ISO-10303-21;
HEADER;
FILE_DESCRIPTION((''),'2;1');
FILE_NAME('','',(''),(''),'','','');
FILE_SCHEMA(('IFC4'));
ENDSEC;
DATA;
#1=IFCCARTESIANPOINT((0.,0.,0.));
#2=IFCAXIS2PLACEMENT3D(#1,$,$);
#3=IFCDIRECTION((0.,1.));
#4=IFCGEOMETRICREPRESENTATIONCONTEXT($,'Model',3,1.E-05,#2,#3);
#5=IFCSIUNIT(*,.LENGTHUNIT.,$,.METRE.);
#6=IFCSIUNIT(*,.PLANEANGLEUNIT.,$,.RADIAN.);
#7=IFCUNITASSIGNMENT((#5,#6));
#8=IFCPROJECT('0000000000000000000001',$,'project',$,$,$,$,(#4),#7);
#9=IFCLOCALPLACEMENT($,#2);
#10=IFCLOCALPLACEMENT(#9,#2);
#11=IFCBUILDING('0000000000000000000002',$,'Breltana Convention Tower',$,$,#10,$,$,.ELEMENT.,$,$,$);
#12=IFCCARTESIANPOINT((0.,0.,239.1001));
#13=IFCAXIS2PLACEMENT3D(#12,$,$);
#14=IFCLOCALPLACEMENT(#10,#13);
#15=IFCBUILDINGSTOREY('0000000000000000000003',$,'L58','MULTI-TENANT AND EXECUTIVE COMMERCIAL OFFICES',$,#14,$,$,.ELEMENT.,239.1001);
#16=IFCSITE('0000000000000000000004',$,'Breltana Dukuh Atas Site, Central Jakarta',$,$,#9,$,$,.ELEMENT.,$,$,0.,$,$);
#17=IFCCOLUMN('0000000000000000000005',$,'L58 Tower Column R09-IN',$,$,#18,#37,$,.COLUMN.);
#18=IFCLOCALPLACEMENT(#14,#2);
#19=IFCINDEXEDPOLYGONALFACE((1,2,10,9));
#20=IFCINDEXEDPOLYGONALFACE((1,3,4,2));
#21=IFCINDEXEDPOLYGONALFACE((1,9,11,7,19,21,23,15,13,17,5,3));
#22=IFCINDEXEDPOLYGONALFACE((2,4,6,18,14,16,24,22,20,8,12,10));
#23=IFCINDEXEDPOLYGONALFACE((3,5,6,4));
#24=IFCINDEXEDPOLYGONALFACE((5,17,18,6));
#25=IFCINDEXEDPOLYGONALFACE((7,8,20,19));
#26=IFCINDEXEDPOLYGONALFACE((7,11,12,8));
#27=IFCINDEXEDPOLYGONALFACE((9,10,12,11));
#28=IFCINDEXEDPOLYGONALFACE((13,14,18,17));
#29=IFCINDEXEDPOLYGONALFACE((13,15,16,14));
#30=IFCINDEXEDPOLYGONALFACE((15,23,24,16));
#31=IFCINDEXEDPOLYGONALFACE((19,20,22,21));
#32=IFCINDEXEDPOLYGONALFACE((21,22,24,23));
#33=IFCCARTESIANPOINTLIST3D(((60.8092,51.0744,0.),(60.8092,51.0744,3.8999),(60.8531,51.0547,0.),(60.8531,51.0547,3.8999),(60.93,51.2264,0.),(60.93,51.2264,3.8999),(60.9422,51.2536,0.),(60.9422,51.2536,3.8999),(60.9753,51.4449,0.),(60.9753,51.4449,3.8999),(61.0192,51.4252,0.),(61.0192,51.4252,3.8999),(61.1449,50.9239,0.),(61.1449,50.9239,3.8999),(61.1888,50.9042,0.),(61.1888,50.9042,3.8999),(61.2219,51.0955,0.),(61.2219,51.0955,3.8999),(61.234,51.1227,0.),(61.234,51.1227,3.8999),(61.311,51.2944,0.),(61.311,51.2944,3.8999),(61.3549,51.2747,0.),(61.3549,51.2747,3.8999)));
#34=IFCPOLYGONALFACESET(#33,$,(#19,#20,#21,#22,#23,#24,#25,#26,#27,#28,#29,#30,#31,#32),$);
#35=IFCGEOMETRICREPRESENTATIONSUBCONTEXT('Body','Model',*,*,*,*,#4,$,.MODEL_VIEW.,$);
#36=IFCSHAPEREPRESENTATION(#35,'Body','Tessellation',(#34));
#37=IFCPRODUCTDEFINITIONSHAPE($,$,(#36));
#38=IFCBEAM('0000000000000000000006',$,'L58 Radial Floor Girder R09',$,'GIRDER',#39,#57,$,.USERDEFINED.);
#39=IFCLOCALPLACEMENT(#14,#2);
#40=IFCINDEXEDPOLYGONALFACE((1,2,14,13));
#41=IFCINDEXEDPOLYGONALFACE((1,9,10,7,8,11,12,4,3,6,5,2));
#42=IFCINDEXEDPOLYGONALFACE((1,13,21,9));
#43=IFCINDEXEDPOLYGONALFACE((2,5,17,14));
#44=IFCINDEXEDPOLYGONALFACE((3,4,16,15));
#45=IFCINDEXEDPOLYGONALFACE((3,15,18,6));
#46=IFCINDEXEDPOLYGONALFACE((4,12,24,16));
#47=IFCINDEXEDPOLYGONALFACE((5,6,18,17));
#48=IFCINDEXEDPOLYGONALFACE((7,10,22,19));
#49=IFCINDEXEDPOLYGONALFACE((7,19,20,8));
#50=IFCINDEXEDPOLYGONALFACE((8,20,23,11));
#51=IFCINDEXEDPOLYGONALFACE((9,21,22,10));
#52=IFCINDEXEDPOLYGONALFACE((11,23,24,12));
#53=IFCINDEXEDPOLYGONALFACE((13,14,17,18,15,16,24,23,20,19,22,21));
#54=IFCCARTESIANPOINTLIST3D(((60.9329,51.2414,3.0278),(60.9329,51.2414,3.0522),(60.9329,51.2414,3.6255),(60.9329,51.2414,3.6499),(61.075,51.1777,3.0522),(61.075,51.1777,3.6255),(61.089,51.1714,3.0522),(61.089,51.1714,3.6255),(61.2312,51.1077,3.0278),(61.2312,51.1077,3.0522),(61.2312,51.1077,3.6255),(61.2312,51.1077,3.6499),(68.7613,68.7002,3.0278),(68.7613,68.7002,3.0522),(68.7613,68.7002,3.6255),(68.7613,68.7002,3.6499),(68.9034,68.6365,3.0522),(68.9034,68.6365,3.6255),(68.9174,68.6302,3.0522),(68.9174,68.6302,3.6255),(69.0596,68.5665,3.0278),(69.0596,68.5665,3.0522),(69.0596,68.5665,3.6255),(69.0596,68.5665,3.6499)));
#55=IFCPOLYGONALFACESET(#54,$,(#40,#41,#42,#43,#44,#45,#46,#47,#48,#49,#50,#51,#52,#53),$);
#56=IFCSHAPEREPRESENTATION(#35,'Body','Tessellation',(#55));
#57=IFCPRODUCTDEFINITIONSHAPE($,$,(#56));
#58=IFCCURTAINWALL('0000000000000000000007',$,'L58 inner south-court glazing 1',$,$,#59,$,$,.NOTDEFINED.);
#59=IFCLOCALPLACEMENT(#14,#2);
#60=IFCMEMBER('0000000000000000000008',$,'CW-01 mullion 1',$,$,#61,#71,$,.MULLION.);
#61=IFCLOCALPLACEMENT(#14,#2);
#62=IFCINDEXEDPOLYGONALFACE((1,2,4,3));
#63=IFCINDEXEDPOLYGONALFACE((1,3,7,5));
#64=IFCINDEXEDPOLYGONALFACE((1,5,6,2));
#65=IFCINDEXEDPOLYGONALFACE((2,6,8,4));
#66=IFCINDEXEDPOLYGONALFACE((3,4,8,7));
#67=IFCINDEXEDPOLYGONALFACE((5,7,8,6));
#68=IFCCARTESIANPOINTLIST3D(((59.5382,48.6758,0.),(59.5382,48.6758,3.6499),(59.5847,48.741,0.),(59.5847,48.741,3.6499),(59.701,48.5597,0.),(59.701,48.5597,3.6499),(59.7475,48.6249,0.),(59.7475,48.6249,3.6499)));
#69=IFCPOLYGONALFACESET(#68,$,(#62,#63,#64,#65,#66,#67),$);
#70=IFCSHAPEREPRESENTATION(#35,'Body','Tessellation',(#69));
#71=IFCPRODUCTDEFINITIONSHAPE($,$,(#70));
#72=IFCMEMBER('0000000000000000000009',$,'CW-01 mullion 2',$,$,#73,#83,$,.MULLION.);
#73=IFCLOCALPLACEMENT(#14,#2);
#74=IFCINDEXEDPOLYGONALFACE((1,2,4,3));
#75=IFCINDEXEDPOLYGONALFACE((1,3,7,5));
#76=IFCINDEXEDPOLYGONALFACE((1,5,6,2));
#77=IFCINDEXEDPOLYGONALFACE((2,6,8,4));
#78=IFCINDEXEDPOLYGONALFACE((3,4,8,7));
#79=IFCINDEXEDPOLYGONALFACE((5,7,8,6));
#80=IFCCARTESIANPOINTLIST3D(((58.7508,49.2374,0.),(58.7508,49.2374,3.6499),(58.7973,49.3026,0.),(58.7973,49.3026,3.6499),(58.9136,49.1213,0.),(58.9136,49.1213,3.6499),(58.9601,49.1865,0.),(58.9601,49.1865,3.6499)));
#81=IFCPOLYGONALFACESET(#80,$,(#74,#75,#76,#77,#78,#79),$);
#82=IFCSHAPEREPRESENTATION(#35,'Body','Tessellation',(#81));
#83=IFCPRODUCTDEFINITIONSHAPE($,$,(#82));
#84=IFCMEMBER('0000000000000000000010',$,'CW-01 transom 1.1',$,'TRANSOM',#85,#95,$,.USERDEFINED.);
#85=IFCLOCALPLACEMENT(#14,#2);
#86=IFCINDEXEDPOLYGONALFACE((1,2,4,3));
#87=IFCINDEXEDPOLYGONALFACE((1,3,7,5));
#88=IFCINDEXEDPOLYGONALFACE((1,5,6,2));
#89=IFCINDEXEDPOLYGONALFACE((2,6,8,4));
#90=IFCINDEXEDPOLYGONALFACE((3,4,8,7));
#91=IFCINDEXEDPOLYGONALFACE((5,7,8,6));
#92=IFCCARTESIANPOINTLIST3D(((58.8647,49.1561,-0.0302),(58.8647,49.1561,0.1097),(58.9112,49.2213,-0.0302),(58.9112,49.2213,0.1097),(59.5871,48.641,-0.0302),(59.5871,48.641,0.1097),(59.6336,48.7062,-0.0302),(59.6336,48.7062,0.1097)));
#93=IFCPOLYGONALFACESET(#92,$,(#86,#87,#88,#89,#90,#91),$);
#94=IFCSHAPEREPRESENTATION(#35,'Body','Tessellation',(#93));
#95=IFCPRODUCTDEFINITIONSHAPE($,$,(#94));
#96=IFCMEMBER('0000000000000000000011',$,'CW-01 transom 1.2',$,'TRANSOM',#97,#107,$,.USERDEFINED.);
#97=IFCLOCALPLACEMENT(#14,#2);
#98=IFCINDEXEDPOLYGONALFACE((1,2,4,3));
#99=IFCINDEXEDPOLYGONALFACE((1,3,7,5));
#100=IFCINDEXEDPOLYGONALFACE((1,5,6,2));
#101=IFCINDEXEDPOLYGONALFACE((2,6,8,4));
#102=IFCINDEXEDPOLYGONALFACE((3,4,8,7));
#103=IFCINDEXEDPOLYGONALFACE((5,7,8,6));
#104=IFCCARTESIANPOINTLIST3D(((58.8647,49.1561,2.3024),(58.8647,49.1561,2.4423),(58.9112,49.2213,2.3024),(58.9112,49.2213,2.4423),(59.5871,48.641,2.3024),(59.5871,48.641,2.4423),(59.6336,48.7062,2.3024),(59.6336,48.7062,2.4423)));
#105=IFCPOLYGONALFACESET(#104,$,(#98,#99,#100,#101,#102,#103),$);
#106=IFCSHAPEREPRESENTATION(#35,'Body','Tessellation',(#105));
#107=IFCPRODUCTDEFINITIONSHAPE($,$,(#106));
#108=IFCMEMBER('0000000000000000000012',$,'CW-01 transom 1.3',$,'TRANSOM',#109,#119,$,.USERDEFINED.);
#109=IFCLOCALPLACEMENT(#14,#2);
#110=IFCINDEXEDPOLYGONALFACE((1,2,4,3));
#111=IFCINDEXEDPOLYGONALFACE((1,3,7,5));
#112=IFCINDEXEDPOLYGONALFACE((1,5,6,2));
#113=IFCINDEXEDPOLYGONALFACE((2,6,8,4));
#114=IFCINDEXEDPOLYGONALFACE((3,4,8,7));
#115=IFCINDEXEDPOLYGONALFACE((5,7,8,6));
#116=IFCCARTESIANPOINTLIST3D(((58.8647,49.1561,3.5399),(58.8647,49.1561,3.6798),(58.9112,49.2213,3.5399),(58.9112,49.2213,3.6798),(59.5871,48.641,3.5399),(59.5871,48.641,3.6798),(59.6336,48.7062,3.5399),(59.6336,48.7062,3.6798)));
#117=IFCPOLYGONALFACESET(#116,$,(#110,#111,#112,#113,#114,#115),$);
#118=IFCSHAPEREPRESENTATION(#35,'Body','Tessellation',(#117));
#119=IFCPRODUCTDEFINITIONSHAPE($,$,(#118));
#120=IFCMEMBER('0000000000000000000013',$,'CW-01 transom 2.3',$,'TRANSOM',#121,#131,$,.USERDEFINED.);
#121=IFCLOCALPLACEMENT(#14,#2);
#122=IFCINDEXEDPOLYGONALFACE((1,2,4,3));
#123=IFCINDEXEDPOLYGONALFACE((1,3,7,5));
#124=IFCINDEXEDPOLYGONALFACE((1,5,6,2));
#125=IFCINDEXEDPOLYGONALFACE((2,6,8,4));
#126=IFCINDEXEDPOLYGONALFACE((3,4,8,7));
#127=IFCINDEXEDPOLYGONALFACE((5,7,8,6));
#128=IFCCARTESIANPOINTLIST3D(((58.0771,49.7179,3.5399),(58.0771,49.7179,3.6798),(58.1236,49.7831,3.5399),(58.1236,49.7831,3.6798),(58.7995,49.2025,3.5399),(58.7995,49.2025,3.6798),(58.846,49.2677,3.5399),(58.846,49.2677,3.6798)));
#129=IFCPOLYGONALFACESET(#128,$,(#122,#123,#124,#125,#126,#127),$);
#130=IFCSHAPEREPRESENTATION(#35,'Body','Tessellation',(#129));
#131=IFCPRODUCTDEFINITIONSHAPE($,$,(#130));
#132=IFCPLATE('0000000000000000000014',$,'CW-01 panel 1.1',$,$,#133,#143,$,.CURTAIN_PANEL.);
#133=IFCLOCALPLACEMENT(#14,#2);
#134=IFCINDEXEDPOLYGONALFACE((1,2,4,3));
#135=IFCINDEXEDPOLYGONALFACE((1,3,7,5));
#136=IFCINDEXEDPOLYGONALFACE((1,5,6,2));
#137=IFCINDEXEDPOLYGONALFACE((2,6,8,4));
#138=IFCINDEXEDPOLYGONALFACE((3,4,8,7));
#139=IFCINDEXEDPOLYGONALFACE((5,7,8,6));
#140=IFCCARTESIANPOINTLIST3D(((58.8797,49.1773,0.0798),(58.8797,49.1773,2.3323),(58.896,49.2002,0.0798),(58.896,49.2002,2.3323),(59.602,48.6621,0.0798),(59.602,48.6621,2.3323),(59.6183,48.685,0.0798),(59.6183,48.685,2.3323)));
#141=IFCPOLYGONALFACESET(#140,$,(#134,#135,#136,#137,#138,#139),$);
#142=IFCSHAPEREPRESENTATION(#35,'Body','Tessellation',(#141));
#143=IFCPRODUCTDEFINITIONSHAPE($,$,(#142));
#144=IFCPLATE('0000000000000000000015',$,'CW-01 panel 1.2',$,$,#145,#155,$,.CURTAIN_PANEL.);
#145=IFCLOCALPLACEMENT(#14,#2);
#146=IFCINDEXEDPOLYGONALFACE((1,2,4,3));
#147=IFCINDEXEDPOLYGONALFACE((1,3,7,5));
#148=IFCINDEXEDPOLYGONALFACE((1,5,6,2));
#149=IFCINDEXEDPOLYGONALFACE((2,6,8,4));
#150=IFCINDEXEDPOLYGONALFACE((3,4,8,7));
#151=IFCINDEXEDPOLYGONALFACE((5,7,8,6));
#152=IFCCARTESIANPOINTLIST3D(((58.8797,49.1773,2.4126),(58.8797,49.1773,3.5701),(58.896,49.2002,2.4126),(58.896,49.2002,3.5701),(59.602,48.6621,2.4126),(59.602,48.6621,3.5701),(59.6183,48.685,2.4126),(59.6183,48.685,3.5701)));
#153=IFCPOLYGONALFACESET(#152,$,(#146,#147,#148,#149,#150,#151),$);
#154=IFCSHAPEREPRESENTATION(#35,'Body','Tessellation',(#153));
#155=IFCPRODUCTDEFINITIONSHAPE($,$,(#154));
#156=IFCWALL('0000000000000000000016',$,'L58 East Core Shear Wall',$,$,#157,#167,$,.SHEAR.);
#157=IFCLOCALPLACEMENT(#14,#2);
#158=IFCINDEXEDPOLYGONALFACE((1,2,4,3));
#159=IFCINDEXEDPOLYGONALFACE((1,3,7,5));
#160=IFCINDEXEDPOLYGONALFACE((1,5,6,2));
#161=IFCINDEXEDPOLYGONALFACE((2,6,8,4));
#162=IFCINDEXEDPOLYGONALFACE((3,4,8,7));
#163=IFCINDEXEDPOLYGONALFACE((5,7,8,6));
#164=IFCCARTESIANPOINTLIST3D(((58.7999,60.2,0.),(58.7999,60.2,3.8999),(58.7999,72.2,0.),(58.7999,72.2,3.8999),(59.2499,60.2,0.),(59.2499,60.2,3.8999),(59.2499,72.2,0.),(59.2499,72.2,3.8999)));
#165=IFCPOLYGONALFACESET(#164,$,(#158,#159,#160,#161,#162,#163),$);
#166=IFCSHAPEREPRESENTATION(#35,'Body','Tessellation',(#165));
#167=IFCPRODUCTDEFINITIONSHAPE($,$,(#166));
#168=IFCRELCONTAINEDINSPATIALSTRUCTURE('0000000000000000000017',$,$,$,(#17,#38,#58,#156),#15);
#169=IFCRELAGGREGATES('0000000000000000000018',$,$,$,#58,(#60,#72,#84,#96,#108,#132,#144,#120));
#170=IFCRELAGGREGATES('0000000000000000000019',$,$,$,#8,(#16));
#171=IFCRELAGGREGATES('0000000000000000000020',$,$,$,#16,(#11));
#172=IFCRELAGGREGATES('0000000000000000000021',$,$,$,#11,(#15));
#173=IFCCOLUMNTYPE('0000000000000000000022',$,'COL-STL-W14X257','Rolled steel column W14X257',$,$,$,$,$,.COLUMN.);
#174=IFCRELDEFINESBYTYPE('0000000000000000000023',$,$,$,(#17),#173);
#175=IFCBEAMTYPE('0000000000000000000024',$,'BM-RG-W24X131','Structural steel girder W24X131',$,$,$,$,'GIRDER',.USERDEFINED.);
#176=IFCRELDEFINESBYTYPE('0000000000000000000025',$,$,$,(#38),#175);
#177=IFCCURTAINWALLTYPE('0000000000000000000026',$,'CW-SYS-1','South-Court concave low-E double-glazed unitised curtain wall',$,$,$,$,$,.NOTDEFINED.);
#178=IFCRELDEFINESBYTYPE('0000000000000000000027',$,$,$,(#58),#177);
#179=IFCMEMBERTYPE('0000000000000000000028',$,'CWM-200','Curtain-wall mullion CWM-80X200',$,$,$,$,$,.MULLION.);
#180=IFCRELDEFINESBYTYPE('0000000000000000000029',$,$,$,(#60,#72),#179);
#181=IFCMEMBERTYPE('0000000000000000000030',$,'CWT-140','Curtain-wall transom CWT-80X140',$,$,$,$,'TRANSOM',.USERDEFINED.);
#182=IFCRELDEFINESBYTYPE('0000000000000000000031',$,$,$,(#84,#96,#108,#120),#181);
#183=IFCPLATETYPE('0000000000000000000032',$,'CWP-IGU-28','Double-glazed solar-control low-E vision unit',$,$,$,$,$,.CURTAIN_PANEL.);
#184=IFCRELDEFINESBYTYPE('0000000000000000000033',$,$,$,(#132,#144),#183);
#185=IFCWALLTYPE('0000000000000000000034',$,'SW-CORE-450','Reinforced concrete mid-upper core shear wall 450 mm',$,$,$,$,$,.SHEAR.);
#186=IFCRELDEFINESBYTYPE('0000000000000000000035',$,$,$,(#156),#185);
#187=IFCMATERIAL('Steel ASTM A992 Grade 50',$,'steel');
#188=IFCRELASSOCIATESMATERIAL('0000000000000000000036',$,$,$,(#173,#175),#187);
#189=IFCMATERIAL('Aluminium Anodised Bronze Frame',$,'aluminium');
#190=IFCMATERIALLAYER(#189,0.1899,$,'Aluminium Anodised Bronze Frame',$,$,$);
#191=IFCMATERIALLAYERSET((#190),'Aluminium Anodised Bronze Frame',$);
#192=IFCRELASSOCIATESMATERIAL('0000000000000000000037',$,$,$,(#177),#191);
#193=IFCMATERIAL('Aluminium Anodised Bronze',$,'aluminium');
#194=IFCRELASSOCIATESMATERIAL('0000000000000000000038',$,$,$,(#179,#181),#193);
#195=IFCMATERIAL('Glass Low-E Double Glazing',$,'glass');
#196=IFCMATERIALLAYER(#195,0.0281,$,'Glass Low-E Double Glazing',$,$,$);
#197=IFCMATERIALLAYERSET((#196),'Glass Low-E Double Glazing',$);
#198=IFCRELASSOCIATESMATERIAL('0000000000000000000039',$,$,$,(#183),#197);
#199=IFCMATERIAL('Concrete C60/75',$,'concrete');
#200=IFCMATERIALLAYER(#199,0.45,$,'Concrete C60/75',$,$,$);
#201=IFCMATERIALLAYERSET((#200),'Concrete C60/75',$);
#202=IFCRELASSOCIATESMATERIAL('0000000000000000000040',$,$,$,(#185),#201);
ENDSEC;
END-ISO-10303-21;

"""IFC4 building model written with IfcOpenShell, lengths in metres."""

from ifc_helpers import new_model, si_unit, direction, frame, frame_2d, origin, origin_2d, place, context, subcontext, project, spatial, rectangle, i_section, extrude, source, transform, mapped, material, layer, layer_set, material_profile, profile_set, type_object, element, aggregate, save


model = new_model("IFC4")

# Units and contexts
model_context = context("Model", 3, precision=1e-05, world=origin(), true_north=direction((0.0, 1.0)))
body_context = subcontext(model_context, "Body", "Model", "MODEL_VIEW")
ifc_project = project(units=[si_unit("LENGTHUNIT", "METRE"), si_unit("PLANEANGLEUNIT", "RADIAN")], contexts=[model_context])

# Site, building, storey
site_placement = place(None, origin())
site = spatial("IfcSite", under=ifc_project, at=site_placement, Name="Breltana Dukuh Atas Site, Central Jakarta", CompositionType="ELEMENT", RefElevation=0.0)
building_placement = place(site_placement, origin())
building = spatial("IfcBuilding", under=site, at=building_placement, Name="Breltana Convention Tower", CompositionType="ELEMENT")
storey_placement = place(building_placement, frame((0.0, 0.0, 239.1001)))
storey = spatial("IfcBuildingStorey", under=building, at=storey_placement, Name="L58", Description="MULTI-TENANT AND EXECUTIVE COMMERCIAL OFFICES", CompositionType="ELEMENT", Elevation=239.1001)

# Column
ifc_material_1 = material(Name="Steel ASTM A992 Grade 50", Category="steel")
ifc_material_profile_1 = material_profile(ifc_material_1, i_section(OverallWidth=0.406, OverallDepth=0.416, WebThickness=0.0298, FlangeThickness=0.0481, at=origin_2d()), Name="W14X257")
ifc_profile_set_1 = profile_set([ifc_material_profile_1], Name="Steel ASTM A992 Grade 50")
column_type = type_object("IfcColumnType", Name="COL-STL-W14X257", Description="Rolled steel column W14X257", PredefinedType="COLUMN", material=ifc_profile_set_1)
shared_shape_1 = source(origin(), body_context, "Body", "SweptSolid", [
    extrude(i_section(OverallWidth=0.406, OverallDepth=0.416, WebThickness=0.0298, FlangeThickness=0.0481, at=origin_2d()), origin(), (0.0, 0.0, 1.0), 3.8999),
])
column_placement = place(storey_placement, frame((61.082, 51.1746, 0.0), z_axis=(0.0, 0.0, 1.0), x_axis=(0.409127, 0.912477, 0.0)))
element("IfcColumn", 1, at=column_placement, inside=storey, type_object=column_type, Name="L58 Tower Column R09-IN", PredefinedType="COLUMN", context=body_context, shape_type="MappedRepresentation", body=[
    mapped(shared_shape_1, transform((0.0, 0.0, 0.0), scale=1.0)),
])

# Beam
ifc_material_profile_2 = material_profile(ifc_material_1, i_section(OverallWidth=0.3269, OverallDepth=0.6221, WebThickness=0.0154, FlangeThickness=0.0244, at=origin_2d()), Name="W24X131")
ifc_profile_set_2 = profile_set([ifc_material_profile_2], Name="Steel ASTM A992 Grade 50")
beam_type = type_object("IfcBeamType", Name="BM-RG-W24X131", Description="Structural steel girder W24X131", ElementType="GIRDER", PredefinedType="USERDEFINED", material=ifc_profile_set_2)
shared_shape_2 = source(origin(), body_context, "Body", "SweptSolid", [
    extrude(i_section(OverallWidth=0.3269, OverallDepth=0.6221, WebThickness=0.0154, FlangeThickness=0.0244, at=origin_2d()), origin(), (0.0, 0.0, 1.0), 19.1335),
])
beam_placement = place(storey_placement, frame((61.082, 51.1746, 3.3389), z_axis=(0.409145, 0.91247, 0.0), x_axis=(-0.91247, 0.409145, 0.0)))
element("IfcBeam", 2, at=beam_placement, inside=storey, type_object=beam_type, Name="L58 Radial Floor Girder R09", ObjectType="GIRDER", PredefinedType="USERDEFINED", context=body_context, shape_type="MappedRepresentation", body=[
    mapped(shared_shape_2, transform((0.0, 0.0, 0.0), scale=1.0)),
])

# Curtain wall, members, plates
ifc_material_2 = material(Name="Aluminium Anodised Bronze Frame", Category="aluminium")
ifc_layer_1 = layer(ifc_material_2, 0.1899, Name="Aluminium Anodised Bronze Frame")
ifc_layer_set_1 = layer_set([ifc_layer_1], Name="Aluminium Anodised Bronze Frame")
curtain_wall_type = type_object("IfcCurtainWallType", Name="CW-SYS-1", Description="South-Court concave low-E double-glazed unitised curtain wall", PredefinedType="NOTDEFINED", material=ifc_layer_set_1)
curtain_wall_placement = place(storey_placement, origin())
curtain_wall = element("IfcCurtainWall", 3, at=curtain_wall_placement, inside=storey, type_object=curtain_wall_type, Name="L58 inner south-court glazing 1", PredefinedType="NOTDEFINED")
ifc_material_3 = material(Name="Aluminium Anodised Bronze", Category="aluminium")
ifc_material_profile_3 = material_profile(ifc_material_3, rectangle(XDim=0.0801, YDim=0.2, at=origin_2d()), Name="CWM-80X200")
ifc_profile_set_3 = profile_set([ifc_material_profile_3], Name="Aluminium Anodised Bronze")
member_type_1 = type_object("IfcMemberType", Name="CWM-200", Description="Curtain-wall mullion CWM-80X200", PredefinedType="MULLION", material=ifc_profile_set_3)
shared_shape_3 = source(origin(), body_context, "Body", "SweptSolid", [
    extrude(rectangle(XDim=0.0801, YDim=0.2, at=origin_2d()), origin(), (0.0, 0.0, 1.0), 3.6499),
])
member_1_placement = place(storey_placement, frame((59.6428, 48.6504, 0.0), z_axis=(0.0, 0.0, 1.0), x_axis=(-0.580679, -0.814132, 0.0)))
member_1 = element("IfcMember", 4, at=member_1_placement, type_object=member_type_1, Name="CW-01 mullion 1", PredefinedType="MULLION", context=body_context, shape_type="MappedRepresentation", body=[
    mapped(shared_shape_3, transform((0.0, 0.0, 0.0), scale=1.0)),
])
member_2_placement = place(storey_placement, frame((58.8555, 49.2119, 0.0), z_axis=(0.0, 0.0, 1.0), x_axis=(-0.580679, -0.814132, 0.0)))
member_2 = element("IfcMember", 5, at=member_2_placement, type_object=member_type_1, Name="CW-01 mullion 2", PredefinedType="MULLION", context=body_context, shape_type="MappedRepresentation", body=[
    mapped(shared_shape_3, transform((0.0, 0.0, 0.0), scale=1.0)),
])
ifc_material_profile_4 = material_profile(ifc_material_3, rectangle(XDim=0.0801, YDim=0.1399, at=origin_2d()), Name="CWT-80X140")
ifc_profile_set_4 = profile_set([ifc_material_profile_4], Name="Aluminium Anodised Bronze")
member_type_2 = type_object("IfcMemberType", Name="CWT-140", Description="Curtain-wall transom CWT-80X140", ElementType="TRANSOM", PredefinedType="USERDEFINED", material=ifc_profile_set_4)
shared_shape_4 = source(origin(), body_context, "Body", "SweptSolid", [
    extrude(rectangle(XDim=0.0801, YDim=0.1399, at=origin_2d()), origin(), (0.0, 0.0, 1.0), 0.8872),
])
member_3_placement = place(storey_placement, frame((59.6104, 48.6736, 0.0398), z_axis=(-0.814198, 0.580587, 0.0), x_axis=(-0.580587, -0.814198, 0.0)))
member_3 = element("IfcMember", 6, at=member_3_placement, type_object=member_type_2, Name="CW-01 transom 1.1", ObjectType="TRANSOM", PredefinedType="USERDEFINED", context=body_context, shape_type="MappedRepresentation", body=[
    mapped(shared_shape_4, transform((0.0, 0.0, 0.0), scale=1.0)),
])
member_4_placement = place(storey_placement, frame((59.6104, 48.6736, 2.3723), z_axis=(-0.814198, 0.580587, 0.0), x_axis=(-0.580587, -0.814198, 0.0)))
member_4 = element("IfcMember", 7, at=member_4_placement, type_object=member_type_2, Name="CW-01 transom 1.2", ObjectType="TRANSOM", PredefinedType="USERDEFINED", context=body_context, shape_type="MappedRepresentation", body=[
    mapped(shared_shape_4, transform((0.0, 0.0, 0.0), scale=1.0)),
])
member_5_placement = place(storey_placement, frame((59.6104, 48.6736, 3.6099), z_axis=(-0.814198, 0.580587, 0.0), x_axis=(-0.580587, -0.814198, 0.0)))
member_5 = element("IfcMember", 8, at=member_5_placement, type_object=member_type_2, Name="CW-01 transom 1.3", ObjectType="TRANSOM", PredefinedType="USERDEFINED", context=body_context, shape_type="MappedRepresentation", body=[
    mapped(shared_shape_4, transform((0.0, 0.0, 0.0), scale=1.0)),
])
shared_shape_5 = source(origin(), body_context, "Body", "SweptSolid", [
    extrude(rectangle(XDim=0.0801, YDim=0.1399, at=origin_2d()), origin(), (0.0, 0.0, 1.0), 0.8875),
])
member_6_placement = place(storey_placement, frame((58.8228, 49.2351, 3.6099), z_axis=(-0.814068, 0.58077, 0.0), x_axis=(-0.58077, -0.814068, 0.0)))
member_6 = element("IfcMember", 9, at=member_6_placement, type_object=member_type_2, Name="CW-01 transom 2.3", ObjectType="TRANSOM", PredefinedType="USERDEFINED", context=body_context, shape_type="MappedRepresentation", body=[
    mapped(shared_shape_5, transform((0.0, 0.0, 0.0), scale=1.0)),
])
ifc_material_4 = material(Name="Glass Low-E Double Glazing", Category="glass")
ifc_layer_2 = layer(ifc_material_4, 0.0281, Name="Glass Low-E Double Glazing")
ifc_layer_set_2 = layer_set([ifc_layer_2], Name="Glass Low-E Double Glazing")
plate_type = type_object("IfcPlateType", Name="CWP-IGU-28", Description="Double-glazed solar-control low-E vision unit", PredefinedType="CURTAIN_PANEL", material=ifc_layer_set_2)
shared_shape_6 = source(origin(), body_context, "Body", "SweptSolid", [
    extrude(rectangle(XDim=0.8872, YDim=0.0281, at=origin_2d()), origin(), (0.0, 0.0, 1.0), 2.2524),
])
plate_1_placement = place(storey_placement, frame((59.249, 48.9312, 0.0798), z_axis=(0.0, 0.0, 1.0), x_axis=(-0.814132, 0.580679, 0.0)))
plate_1 = element("IfcPlate", 10, at=plate_1_placement, type_object=plate_type, Name="CW-01 panel 1.1", PredefinedType="CURTAIN_PANEL", context=body_context, shape_type="MappedRepresentation", body=[
    mapped(shared_shape_6, transform((0.0, 0.0, 0.0), scale=1.0)),
])
shared_shape_7 = source(origin(), body_context, "Body", "SweptSolid", [
    extrude(rectangle(XDim=0.8872, YDim=0.0281, at=origin_2d()), origin(), (0.0, 0.0, 1.0), 1.1575),
])
plate_2_placement = place(storey_placement, frame((59.249, 48.9312, 2.4126), z_axis=(0.0, 0.0, 1.0), x_axis=(-0.814132, 0.580679, 0.0)))
plate_2 = element("IfcPlate", 11, at=plate_2_placement, type_object=plate_type, Name="CW-01 panel 1.2", PredefinedType="CURTAIN_PANEL", context=body_context, shape_type="MappedRepresentation", body=[
    mapped(shared_shape_7, transform((0.0, 0.0, 0.0), scale=1.0)),
])
aggregate(curtain_wall, [member_1, member_2, member_3, member_4, member_5, plate_1, plate_2, member_6])

# Wall
ifc_material_5 = material(Name="Concrete C60/75", Category="concrete")
ifc_layer_3 = layer(ifc_material_5, 0.45, Name="Concrete C60/75")
ifc_layer_set_3 = layer_set([ifc_layer_3], Name="Concrete C60/75")
wall_type_1 = type_object("IfcWallType", Name="SW-CORE-450", Description="Reinforced concrete mid-upper core shear wall 450 mm", PredefinedType="SHEAR", material=ifc_layer_set_3)
shared_shape_8 = source(origin(), body_context, "Body", "SweptSolid", [
    extrude(rectangle(XDim=12.0, YDim=0.45, at=frame_2d((6.0, 0.0))), origin(), (0.0, 0.0, 1.0), 3.8999),
])
wall_1_placement = place(storey_placement, frame((59.0249, 60.2, 0.0), z_axis=(0.0, 0.0, 1.0), x_axis=(0.0, 1.0, 0.0)))
element("IfcWall", 12, at=wall_1_placement, inside=storey, type_object=wall_type_1, Name="L58 East Core Shear Wall", PredefinedType="SHEAR", context=body_context, shape_type="MappedRepresentation", body=[
    mapped(shared_shape_8, transform((0.0, 0.0, 0.0), scale=1.0)),
])

save(model, "model.ifc")
